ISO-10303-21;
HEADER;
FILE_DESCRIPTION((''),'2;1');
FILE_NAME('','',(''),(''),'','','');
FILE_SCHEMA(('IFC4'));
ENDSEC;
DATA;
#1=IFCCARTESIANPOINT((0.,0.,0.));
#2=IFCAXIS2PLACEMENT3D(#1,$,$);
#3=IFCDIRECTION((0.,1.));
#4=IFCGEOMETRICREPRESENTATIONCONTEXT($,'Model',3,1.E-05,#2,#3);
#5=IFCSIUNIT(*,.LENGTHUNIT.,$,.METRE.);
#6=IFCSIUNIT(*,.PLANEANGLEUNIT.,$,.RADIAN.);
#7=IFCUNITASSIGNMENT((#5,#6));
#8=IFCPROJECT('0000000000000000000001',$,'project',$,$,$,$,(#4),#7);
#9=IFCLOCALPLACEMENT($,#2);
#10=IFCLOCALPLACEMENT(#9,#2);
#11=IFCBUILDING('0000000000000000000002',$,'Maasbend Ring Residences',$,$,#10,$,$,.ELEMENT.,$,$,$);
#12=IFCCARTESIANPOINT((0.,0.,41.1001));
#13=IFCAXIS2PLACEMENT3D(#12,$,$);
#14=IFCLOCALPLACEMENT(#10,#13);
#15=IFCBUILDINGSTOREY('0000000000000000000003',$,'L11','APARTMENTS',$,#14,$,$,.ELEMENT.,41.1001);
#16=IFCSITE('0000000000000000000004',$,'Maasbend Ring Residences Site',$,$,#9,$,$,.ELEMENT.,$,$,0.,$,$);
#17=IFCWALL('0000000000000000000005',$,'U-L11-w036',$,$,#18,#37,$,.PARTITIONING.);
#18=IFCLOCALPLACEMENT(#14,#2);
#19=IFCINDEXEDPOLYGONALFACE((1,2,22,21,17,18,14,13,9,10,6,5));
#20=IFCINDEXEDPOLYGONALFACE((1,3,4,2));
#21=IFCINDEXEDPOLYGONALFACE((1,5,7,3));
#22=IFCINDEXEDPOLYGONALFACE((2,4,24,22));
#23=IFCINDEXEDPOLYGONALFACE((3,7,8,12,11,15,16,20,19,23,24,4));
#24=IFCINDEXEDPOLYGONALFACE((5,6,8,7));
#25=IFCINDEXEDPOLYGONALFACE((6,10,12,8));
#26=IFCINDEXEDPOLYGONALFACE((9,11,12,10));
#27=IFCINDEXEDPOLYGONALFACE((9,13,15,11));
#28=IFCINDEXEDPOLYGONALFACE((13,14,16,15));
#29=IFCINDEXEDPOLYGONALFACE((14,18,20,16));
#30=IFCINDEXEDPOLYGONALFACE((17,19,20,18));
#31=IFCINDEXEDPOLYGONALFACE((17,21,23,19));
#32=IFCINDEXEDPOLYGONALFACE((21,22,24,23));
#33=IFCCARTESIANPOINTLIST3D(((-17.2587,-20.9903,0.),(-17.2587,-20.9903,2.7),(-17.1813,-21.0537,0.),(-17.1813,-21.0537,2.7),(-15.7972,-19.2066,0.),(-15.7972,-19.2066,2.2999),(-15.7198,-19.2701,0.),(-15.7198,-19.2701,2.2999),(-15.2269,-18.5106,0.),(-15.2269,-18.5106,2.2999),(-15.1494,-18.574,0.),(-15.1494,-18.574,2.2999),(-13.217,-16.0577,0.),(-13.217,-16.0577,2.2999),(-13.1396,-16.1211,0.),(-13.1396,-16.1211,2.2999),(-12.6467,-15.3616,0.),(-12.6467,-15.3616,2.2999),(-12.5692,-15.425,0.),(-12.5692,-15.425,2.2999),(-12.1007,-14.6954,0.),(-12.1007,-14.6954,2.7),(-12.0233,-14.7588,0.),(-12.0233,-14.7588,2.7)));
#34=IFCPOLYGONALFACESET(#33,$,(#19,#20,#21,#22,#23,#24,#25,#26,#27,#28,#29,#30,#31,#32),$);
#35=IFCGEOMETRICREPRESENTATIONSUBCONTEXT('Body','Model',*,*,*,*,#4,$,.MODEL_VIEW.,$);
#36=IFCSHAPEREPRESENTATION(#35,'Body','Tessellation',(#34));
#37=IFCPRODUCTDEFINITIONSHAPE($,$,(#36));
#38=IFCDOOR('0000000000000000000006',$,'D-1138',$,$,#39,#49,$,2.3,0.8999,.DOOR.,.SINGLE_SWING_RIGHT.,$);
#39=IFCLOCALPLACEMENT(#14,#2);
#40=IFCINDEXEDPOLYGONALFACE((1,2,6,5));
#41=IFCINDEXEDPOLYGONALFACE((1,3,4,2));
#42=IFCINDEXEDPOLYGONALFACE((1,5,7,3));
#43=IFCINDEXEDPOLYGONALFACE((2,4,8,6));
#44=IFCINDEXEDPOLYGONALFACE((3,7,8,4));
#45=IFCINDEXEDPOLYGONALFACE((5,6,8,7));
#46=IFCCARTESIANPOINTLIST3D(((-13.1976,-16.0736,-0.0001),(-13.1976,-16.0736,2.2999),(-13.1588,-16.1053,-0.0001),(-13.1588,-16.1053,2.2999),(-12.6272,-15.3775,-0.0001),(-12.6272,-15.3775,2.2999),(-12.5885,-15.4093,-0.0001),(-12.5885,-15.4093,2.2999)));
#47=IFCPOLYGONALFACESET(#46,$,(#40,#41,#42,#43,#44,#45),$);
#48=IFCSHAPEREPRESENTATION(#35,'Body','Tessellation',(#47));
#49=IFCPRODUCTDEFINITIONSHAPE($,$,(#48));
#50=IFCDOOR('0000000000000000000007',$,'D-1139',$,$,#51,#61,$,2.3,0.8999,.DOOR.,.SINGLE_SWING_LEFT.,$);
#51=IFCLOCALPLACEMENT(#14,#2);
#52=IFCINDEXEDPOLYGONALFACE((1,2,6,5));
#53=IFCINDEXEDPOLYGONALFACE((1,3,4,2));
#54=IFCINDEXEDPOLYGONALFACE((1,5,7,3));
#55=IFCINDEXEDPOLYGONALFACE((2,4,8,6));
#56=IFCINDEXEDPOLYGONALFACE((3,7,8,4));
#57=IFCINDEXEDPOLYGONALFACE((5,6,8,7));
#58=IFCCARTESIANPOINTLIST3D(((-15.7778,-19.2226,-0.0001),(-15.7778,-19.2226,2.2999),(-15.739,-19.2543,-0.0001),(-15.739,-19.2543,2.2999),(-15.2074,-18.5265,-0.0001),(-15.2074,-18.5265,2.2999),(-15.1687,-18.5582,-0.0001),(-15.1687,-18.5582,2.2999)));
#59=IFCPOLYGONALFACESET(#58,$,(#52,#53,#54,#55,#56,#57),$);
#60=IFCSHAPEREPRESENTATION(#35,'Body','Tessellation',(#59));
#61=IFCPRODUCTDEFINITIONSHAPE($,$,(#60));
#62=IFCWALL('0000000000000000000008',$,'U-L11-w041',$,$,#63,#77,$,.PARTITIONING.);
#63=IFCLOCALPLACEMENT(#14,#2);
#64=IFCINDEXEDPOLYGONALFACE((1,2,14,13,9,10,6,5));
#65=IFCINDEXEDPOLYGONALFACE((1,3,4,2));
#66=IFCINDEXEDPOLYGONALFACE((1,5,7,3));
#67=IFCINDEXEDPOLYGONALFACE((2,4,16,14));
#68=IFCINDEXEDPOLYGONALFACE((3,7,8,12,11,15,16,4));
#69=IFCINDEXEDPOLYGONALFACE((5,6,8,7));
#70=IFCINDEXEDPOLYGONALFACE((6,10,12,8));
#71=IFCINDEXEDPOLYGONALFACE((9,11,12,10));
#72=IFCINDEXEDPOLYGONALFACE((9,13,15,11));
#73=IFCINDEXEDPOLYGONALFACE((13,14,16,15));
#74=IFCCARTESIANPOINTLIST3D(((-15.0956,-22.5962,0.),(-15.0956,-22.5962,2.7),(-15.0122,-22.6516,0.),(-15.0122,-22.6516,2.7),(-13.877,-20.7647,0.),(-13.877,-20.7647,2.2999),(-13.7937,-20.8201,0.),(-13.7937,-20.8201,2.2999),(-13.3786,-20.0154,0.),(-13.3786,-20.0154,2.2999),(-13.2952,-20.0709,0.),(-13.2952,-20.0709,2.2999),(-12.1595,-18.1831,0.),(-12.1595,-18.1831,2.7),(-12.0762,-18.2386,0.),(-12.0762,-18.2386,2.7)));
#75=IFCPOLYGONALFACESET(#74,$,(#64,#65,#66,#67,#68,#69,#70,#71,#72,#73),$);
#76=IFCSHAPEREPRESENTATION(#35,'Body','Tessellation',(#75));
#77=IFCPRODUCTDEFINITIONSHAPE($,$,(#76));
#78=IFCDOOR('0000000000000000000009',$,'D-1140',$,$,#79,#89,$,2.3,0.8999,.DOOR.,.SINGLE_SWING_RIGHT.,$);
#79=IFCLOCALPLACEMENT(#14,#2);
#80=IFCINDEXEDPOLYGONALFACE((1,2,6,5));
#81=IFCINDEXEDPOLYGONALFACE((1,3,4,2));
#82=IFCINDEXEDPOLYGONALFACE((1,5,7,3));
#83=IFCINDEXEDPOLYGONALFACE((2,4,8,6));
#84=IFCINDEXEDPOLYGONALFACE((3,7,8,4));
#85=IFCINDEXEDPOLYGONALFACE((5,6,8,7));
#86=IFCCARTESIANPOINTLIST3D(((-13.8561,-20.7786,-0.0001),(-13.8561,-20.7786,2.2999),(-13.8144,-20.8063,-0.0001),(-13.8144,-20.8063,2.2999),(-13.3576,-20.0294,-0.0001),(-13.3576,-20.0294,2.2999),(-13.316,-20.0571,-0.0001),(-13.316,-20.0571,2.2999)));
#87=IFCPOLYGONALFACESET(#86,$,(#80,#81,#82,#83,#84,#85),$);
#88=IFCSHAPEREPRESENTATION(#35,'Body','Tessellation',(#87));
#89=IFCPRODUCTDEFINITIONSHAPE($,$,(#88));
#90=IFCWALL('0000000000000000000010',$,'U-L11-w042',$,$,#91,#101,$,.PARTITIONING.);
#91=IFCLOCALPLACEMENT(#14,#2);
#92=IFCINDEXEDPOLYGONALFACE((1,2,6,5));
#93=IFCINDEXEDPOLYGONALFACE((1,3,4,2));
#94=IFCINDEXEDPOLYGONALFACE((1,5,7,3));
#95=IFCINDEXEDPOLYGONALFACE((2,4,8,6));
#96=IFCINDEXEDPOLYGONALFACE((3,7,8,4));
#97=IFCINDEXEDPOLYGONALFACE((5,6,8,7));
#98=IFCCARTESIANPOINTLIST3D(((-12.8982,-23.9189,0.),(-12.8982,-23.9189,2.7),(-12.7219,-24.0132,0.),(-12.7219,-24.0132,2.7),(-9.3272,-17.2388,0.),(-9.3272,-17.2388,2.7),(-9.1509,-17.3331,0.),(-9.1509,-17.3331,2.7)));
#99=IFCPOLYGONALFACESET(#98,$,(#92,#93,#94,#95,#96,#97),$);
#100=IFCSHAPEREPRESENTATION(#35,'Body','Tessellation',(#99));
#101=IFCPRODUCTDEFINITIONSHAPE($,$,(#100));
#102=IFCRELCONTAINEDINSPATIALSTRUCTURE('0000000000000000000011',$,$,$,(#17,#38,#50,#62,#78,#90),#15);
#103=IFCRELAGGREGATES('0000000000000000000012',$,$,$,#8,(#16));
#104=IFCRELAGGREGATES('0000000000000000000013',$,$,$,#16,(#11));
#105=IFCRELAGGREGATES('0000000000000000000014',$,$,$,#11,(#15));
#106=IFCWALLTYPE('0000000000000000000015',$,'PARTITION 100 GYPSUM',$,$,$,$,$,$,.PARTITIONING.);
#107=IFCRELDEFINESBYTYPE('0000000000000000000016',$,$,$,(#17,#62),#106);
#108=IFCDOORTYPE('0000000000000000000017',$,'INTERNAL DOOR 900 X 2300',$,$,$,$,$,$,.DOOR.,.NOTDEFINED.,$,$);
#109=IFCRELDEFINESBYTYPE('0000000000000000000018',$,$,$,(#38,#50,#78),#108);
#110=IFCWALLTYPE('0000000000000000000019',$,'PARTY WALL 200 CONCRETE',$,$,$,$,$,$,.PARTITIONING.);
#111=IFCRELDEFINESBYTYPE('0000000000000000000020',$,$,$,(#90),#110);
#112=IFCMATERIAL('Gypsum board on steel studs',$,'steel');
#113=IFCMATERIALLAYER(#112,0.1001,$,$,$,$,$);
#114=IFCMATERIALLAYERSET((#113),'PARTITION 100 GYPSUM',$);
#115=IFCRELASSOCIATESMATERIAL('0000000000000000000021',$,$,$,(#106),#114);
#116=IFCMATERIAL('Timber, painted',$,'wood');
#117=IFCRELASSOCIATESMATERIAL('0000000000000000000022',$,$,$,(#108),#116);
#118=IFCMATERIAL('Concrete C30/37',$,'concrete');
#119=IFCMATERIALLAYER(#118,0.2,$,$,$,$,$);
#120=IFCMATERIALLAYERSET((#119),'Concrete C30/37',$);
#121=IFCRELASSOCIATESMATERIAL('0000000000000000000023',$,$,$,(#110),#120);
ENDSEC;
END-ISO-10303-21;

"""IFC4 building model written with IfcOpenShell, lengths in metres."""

from ifc_helpers import new_model, si_unit, direction, frame, frame_2d, origin, place, context, subcontext, project, spatial, rectangle, extrude, material, layer, layer_set, type_object, element, fill, save


model = new_model("IFC4")

# Units and contexts
model_context = context("Model", 3, precision=1e-05, world=origin(), true_north=direction((0.0, 1.0)))
body_context = subcontext(model_context, "Body", "Model", "MODEL_VIEW")
ifc_project = project(units=[si_unit("LENGTHUNIT", "METRE"), si_unit("PLANEANGLEUNIT", "RADIAN")], contexts=[model_context])

# Site, building, storey
site_placement = place(None, origin())
site = spatial("IfcSite", under=ifc_project, at=site_placement, Name="Maasbend Ring Residences Site", CompositionType="ELEMENT", RefElevation=0.0)
building_placement = place(site_placement, origin())
building = spatial("IfcBuilding", under=site, at=building_placement, Name="Maasbend Ring Residences", CompositionType="ELEMENT")
storey_placement = place(building_placement, frame((0.0, 0.0, 41.1001)))
storey = spatial("IfcBuildingStorey", under=building, at=storey_placement, Name="L11", Description="APARTMENTS", CompositionType="ELEMENT", Elevation=41.1001)

# Wall, openings, doors
ifc_material_1 = material(Name="Gypsum board on steel studs", Category="steel")
ifc_layer_1 = layer(ifc_material_1, 0.1001)
ifc_layer_set_1 = layer_set([ifc_layer_1], Name="PARTITION 100 GYPSUM")
wall_type_1 = type_object("IfcWallType", Name="PARTITION 100 GYPSUM", PredefinedType="PARTITIONING", material=ifc_layer_set_1)
wall_1_placement = place(storey_placement, frame((-17.22, -21.022, 0.0), z_axis=(0.0, 0.0, 1.0), x_axis=(0.633795, 0.773501, 0.0)))
wall_1 = element("IfcWall", 1, at=wall_1_placement, inside=storey, type_object=wall_type_1, Name="U-L11-w036", PredefinedType="PARTITIONING", context=body_context, shape_type="SweptSolid", body=[
    extrude(rectangle(XDim=8.1382, YDim=0.1001, at=frame_2d((4.0691, 0.0))), origin(), (0.0, 0.0, 1.0), 2.7),
])
opening_1_placement = place(wall_1_placement, frame((6.377, 0.0, 0.0)))
opening_1 = element("IfcOpeningElement", 2, at=opening_1_placement, cuts=wall_1, PredefinedType="OPENING", context=body_context, shape_type="SweptSolid", body=[
    extrude(rectangle(XDim=0.8999, YDim=2.3, at=frame_2d((0.45, 1.1499))), frame((0.0, 0.0601, 0.0), z_axis=(0.0, -1.0, 0.0), x_axis=(1.0, 0.0, 0.0)), (0.0, 0.0, 1.0), 0.1201),
])
opening_2_placement = place(wall_1_placement, frame((2.3059, 0.0, 0.0)))
opening_2 = element("IfcOpeningElement", 3, at=opening_2_placement, cuts=wall_1, PredefinedType="OPENING", context=body_context, shape_type="SweptSolid", body=[
    extrude(rectangle(XDim=0.8999, YDim=2.3, at=frame_2d((0.45, 1.1499))), frame((0.0, 0.0601, 0.0), z_axis=(0.0, -1.0, 0.0), x_axis=(1.0, 0.0, 0.0)), (0.0, 0.0, 1.0), 0.1201),
])
ifc_material_2 = material(Name="Timber, painted", Category="wood")
door_type_1 = type_object("IfcDoorType", Name="INTERNAL DOOR 900 X 2300", OperationType="NOTDEFINED", PredefinedType="DOOR", material=ifc_material_2)
door_1_placement = place(opening_1_placement, origin())
door_1 = element("IfcDoor", 4, at=door_1_placement, inside=storey, type_object=door_type_1, Name="D-1138", OperationType="SINGLE_SWING_RIGHT", OverallHeight=2.3, OverallWidth=0.8999, PredefinedType="DOOR", context=body_context, shape_type="SweptSolid", body=[
    extrude(rectangle(XDim=0.8999, YDim=2.3, at=frame_2d((0.45, 1.1499))), frame((0.0, 0.0249, 0.0), z_axis=(0.0, -1.0, 0.0), x_axis=(1.0, 0.0, 0.0)), (0.0, 0.0, 1.0), 0.05),
])
fill(opening_1, door_1)
door_2_placement = place(opening_2_placement, origin())
door_2 = element("IfcDoor", 5, at=door_2_placement, inside=storey, type_object=door_type_1, Name="D-1139", OperationType="SINGLE_SWING_LEFT", OverallHeight=2.3, OverallWidth=0.8999, PredefinedType="DOOR", context=body_context, shape_type="SweptSolid", body=[
    extrude(rectangle(XDim=0.8999, YDim=2.3, at=frame_2d((0.45, 1.1499))), frame((0.0, 0.0249, 0.0), z_axis=(0.0, -1.0, 0.0), x_axis=(1.0, 0.0, 0.0)), (0.0, 0.0, 1.0), 0.05),
])
fill(opening_2, door_2)

# Wall, opening, door
wall_2_placement = place(storey_placement, frame((-15.054, -22.624, 0.0), z_axis=(0.0, 0.0, 1.0), x_axis=(0.553913, 0.832574, 0.0)))
wall_2 = element("IfcWall", 6, at=wall_2_placement, inside=storey, type_object=wall_type_1, Name="U-L11-w041", PredefinedType="PARTITIONING", context=body_context, shape_type="SweptSolid", body=[
    extrude(rectangle(XDim=5.3005, YDim=0.1001, at=frame_2d((2.6504, 0.0))), origin(), (0.0, 0.0, 1.0), 2.7),
])
opening_3_placement = place(wall_2_placement, frame((2.2, 0.0, 0.0)))
opening_3 = element("IfcOpeningElement", 7, at=opening_3_placement, cuts=wall_2, PredefinedType="OPENING", context=body_context, shape_type="SweptSolid", body=[
    extrude(rectangle(XDim=0.8999, YDim=2.3, at=frame_2d((0.45, 1.1499))), frame((0.0, 0.0601, 0.0), z_axis=(0.0, -1.0, 0.0), x_axis=(1.0, 0.0, 0.0)), (0.0, 0.0, 1.0), 0.1201),
])
door_3_placement = place(opening_3_placement, origin())
door_3 = element("IfcDoor", 8, at=door_3_placement, inside=storey, type_object=door_type_1, Name="D-1140", OperationType="SINGLE_SWING_RIGHT", OverallHeight=2.3, OverallWidth=0.8999, PredefinedType="DOOR", context=body_context, shape_type="SweptSolid", body=[
    extrude(rectangle(XDim=0.8999, YDim=2.3, at=frame_2d((0.45, 1.1499))), frame((0.0, 0.0249, 0.0), z_axis=(0.0, -1.0, 0.0), x_axis=(1.0, 0.0, 0.0)), (0.0, 0.0, 1.0), 0.05),
])
fill(opening_3, door_3)

# Wall
ifc_material_3 = material(Name="Concrete C30/37", Category="concrete")
ifc_layer_2 = layer(ifc_material_3, 0.2)
ifc_layer_set_2 = layer_set([ifc_layer_2], Name="Concrete C30/37")
wall_type_2 = type_object("IfcWallType", Name="PARTY WALL 200 CONCRETE", PredefinedType="PARTITIONING", material=ifc_layer_set_2)
wall_3_placement = place(storey_placement, frame((-12.8101, -23.9661, 0.0), z_axis=(0.0, 0.0, 1.0), x_axis=(0.47144, 0.881898, 0.0)))
element("IfcWall", 9, at=wall_3_placement, inside=storey, type_object=wall_type_2, Name="U-L11-w042", PredefinedType="PARTITIONING", context=body_context, shape_type="SweptSolid", body=[
    extrude(rectangle(XDim=7.5747, YDim=0.2, at=frame_2d((3.7874, 0.0))), origin(), (0.0, 0.0, 1.0), 2.7),
])

save(model, "model.ifc")
